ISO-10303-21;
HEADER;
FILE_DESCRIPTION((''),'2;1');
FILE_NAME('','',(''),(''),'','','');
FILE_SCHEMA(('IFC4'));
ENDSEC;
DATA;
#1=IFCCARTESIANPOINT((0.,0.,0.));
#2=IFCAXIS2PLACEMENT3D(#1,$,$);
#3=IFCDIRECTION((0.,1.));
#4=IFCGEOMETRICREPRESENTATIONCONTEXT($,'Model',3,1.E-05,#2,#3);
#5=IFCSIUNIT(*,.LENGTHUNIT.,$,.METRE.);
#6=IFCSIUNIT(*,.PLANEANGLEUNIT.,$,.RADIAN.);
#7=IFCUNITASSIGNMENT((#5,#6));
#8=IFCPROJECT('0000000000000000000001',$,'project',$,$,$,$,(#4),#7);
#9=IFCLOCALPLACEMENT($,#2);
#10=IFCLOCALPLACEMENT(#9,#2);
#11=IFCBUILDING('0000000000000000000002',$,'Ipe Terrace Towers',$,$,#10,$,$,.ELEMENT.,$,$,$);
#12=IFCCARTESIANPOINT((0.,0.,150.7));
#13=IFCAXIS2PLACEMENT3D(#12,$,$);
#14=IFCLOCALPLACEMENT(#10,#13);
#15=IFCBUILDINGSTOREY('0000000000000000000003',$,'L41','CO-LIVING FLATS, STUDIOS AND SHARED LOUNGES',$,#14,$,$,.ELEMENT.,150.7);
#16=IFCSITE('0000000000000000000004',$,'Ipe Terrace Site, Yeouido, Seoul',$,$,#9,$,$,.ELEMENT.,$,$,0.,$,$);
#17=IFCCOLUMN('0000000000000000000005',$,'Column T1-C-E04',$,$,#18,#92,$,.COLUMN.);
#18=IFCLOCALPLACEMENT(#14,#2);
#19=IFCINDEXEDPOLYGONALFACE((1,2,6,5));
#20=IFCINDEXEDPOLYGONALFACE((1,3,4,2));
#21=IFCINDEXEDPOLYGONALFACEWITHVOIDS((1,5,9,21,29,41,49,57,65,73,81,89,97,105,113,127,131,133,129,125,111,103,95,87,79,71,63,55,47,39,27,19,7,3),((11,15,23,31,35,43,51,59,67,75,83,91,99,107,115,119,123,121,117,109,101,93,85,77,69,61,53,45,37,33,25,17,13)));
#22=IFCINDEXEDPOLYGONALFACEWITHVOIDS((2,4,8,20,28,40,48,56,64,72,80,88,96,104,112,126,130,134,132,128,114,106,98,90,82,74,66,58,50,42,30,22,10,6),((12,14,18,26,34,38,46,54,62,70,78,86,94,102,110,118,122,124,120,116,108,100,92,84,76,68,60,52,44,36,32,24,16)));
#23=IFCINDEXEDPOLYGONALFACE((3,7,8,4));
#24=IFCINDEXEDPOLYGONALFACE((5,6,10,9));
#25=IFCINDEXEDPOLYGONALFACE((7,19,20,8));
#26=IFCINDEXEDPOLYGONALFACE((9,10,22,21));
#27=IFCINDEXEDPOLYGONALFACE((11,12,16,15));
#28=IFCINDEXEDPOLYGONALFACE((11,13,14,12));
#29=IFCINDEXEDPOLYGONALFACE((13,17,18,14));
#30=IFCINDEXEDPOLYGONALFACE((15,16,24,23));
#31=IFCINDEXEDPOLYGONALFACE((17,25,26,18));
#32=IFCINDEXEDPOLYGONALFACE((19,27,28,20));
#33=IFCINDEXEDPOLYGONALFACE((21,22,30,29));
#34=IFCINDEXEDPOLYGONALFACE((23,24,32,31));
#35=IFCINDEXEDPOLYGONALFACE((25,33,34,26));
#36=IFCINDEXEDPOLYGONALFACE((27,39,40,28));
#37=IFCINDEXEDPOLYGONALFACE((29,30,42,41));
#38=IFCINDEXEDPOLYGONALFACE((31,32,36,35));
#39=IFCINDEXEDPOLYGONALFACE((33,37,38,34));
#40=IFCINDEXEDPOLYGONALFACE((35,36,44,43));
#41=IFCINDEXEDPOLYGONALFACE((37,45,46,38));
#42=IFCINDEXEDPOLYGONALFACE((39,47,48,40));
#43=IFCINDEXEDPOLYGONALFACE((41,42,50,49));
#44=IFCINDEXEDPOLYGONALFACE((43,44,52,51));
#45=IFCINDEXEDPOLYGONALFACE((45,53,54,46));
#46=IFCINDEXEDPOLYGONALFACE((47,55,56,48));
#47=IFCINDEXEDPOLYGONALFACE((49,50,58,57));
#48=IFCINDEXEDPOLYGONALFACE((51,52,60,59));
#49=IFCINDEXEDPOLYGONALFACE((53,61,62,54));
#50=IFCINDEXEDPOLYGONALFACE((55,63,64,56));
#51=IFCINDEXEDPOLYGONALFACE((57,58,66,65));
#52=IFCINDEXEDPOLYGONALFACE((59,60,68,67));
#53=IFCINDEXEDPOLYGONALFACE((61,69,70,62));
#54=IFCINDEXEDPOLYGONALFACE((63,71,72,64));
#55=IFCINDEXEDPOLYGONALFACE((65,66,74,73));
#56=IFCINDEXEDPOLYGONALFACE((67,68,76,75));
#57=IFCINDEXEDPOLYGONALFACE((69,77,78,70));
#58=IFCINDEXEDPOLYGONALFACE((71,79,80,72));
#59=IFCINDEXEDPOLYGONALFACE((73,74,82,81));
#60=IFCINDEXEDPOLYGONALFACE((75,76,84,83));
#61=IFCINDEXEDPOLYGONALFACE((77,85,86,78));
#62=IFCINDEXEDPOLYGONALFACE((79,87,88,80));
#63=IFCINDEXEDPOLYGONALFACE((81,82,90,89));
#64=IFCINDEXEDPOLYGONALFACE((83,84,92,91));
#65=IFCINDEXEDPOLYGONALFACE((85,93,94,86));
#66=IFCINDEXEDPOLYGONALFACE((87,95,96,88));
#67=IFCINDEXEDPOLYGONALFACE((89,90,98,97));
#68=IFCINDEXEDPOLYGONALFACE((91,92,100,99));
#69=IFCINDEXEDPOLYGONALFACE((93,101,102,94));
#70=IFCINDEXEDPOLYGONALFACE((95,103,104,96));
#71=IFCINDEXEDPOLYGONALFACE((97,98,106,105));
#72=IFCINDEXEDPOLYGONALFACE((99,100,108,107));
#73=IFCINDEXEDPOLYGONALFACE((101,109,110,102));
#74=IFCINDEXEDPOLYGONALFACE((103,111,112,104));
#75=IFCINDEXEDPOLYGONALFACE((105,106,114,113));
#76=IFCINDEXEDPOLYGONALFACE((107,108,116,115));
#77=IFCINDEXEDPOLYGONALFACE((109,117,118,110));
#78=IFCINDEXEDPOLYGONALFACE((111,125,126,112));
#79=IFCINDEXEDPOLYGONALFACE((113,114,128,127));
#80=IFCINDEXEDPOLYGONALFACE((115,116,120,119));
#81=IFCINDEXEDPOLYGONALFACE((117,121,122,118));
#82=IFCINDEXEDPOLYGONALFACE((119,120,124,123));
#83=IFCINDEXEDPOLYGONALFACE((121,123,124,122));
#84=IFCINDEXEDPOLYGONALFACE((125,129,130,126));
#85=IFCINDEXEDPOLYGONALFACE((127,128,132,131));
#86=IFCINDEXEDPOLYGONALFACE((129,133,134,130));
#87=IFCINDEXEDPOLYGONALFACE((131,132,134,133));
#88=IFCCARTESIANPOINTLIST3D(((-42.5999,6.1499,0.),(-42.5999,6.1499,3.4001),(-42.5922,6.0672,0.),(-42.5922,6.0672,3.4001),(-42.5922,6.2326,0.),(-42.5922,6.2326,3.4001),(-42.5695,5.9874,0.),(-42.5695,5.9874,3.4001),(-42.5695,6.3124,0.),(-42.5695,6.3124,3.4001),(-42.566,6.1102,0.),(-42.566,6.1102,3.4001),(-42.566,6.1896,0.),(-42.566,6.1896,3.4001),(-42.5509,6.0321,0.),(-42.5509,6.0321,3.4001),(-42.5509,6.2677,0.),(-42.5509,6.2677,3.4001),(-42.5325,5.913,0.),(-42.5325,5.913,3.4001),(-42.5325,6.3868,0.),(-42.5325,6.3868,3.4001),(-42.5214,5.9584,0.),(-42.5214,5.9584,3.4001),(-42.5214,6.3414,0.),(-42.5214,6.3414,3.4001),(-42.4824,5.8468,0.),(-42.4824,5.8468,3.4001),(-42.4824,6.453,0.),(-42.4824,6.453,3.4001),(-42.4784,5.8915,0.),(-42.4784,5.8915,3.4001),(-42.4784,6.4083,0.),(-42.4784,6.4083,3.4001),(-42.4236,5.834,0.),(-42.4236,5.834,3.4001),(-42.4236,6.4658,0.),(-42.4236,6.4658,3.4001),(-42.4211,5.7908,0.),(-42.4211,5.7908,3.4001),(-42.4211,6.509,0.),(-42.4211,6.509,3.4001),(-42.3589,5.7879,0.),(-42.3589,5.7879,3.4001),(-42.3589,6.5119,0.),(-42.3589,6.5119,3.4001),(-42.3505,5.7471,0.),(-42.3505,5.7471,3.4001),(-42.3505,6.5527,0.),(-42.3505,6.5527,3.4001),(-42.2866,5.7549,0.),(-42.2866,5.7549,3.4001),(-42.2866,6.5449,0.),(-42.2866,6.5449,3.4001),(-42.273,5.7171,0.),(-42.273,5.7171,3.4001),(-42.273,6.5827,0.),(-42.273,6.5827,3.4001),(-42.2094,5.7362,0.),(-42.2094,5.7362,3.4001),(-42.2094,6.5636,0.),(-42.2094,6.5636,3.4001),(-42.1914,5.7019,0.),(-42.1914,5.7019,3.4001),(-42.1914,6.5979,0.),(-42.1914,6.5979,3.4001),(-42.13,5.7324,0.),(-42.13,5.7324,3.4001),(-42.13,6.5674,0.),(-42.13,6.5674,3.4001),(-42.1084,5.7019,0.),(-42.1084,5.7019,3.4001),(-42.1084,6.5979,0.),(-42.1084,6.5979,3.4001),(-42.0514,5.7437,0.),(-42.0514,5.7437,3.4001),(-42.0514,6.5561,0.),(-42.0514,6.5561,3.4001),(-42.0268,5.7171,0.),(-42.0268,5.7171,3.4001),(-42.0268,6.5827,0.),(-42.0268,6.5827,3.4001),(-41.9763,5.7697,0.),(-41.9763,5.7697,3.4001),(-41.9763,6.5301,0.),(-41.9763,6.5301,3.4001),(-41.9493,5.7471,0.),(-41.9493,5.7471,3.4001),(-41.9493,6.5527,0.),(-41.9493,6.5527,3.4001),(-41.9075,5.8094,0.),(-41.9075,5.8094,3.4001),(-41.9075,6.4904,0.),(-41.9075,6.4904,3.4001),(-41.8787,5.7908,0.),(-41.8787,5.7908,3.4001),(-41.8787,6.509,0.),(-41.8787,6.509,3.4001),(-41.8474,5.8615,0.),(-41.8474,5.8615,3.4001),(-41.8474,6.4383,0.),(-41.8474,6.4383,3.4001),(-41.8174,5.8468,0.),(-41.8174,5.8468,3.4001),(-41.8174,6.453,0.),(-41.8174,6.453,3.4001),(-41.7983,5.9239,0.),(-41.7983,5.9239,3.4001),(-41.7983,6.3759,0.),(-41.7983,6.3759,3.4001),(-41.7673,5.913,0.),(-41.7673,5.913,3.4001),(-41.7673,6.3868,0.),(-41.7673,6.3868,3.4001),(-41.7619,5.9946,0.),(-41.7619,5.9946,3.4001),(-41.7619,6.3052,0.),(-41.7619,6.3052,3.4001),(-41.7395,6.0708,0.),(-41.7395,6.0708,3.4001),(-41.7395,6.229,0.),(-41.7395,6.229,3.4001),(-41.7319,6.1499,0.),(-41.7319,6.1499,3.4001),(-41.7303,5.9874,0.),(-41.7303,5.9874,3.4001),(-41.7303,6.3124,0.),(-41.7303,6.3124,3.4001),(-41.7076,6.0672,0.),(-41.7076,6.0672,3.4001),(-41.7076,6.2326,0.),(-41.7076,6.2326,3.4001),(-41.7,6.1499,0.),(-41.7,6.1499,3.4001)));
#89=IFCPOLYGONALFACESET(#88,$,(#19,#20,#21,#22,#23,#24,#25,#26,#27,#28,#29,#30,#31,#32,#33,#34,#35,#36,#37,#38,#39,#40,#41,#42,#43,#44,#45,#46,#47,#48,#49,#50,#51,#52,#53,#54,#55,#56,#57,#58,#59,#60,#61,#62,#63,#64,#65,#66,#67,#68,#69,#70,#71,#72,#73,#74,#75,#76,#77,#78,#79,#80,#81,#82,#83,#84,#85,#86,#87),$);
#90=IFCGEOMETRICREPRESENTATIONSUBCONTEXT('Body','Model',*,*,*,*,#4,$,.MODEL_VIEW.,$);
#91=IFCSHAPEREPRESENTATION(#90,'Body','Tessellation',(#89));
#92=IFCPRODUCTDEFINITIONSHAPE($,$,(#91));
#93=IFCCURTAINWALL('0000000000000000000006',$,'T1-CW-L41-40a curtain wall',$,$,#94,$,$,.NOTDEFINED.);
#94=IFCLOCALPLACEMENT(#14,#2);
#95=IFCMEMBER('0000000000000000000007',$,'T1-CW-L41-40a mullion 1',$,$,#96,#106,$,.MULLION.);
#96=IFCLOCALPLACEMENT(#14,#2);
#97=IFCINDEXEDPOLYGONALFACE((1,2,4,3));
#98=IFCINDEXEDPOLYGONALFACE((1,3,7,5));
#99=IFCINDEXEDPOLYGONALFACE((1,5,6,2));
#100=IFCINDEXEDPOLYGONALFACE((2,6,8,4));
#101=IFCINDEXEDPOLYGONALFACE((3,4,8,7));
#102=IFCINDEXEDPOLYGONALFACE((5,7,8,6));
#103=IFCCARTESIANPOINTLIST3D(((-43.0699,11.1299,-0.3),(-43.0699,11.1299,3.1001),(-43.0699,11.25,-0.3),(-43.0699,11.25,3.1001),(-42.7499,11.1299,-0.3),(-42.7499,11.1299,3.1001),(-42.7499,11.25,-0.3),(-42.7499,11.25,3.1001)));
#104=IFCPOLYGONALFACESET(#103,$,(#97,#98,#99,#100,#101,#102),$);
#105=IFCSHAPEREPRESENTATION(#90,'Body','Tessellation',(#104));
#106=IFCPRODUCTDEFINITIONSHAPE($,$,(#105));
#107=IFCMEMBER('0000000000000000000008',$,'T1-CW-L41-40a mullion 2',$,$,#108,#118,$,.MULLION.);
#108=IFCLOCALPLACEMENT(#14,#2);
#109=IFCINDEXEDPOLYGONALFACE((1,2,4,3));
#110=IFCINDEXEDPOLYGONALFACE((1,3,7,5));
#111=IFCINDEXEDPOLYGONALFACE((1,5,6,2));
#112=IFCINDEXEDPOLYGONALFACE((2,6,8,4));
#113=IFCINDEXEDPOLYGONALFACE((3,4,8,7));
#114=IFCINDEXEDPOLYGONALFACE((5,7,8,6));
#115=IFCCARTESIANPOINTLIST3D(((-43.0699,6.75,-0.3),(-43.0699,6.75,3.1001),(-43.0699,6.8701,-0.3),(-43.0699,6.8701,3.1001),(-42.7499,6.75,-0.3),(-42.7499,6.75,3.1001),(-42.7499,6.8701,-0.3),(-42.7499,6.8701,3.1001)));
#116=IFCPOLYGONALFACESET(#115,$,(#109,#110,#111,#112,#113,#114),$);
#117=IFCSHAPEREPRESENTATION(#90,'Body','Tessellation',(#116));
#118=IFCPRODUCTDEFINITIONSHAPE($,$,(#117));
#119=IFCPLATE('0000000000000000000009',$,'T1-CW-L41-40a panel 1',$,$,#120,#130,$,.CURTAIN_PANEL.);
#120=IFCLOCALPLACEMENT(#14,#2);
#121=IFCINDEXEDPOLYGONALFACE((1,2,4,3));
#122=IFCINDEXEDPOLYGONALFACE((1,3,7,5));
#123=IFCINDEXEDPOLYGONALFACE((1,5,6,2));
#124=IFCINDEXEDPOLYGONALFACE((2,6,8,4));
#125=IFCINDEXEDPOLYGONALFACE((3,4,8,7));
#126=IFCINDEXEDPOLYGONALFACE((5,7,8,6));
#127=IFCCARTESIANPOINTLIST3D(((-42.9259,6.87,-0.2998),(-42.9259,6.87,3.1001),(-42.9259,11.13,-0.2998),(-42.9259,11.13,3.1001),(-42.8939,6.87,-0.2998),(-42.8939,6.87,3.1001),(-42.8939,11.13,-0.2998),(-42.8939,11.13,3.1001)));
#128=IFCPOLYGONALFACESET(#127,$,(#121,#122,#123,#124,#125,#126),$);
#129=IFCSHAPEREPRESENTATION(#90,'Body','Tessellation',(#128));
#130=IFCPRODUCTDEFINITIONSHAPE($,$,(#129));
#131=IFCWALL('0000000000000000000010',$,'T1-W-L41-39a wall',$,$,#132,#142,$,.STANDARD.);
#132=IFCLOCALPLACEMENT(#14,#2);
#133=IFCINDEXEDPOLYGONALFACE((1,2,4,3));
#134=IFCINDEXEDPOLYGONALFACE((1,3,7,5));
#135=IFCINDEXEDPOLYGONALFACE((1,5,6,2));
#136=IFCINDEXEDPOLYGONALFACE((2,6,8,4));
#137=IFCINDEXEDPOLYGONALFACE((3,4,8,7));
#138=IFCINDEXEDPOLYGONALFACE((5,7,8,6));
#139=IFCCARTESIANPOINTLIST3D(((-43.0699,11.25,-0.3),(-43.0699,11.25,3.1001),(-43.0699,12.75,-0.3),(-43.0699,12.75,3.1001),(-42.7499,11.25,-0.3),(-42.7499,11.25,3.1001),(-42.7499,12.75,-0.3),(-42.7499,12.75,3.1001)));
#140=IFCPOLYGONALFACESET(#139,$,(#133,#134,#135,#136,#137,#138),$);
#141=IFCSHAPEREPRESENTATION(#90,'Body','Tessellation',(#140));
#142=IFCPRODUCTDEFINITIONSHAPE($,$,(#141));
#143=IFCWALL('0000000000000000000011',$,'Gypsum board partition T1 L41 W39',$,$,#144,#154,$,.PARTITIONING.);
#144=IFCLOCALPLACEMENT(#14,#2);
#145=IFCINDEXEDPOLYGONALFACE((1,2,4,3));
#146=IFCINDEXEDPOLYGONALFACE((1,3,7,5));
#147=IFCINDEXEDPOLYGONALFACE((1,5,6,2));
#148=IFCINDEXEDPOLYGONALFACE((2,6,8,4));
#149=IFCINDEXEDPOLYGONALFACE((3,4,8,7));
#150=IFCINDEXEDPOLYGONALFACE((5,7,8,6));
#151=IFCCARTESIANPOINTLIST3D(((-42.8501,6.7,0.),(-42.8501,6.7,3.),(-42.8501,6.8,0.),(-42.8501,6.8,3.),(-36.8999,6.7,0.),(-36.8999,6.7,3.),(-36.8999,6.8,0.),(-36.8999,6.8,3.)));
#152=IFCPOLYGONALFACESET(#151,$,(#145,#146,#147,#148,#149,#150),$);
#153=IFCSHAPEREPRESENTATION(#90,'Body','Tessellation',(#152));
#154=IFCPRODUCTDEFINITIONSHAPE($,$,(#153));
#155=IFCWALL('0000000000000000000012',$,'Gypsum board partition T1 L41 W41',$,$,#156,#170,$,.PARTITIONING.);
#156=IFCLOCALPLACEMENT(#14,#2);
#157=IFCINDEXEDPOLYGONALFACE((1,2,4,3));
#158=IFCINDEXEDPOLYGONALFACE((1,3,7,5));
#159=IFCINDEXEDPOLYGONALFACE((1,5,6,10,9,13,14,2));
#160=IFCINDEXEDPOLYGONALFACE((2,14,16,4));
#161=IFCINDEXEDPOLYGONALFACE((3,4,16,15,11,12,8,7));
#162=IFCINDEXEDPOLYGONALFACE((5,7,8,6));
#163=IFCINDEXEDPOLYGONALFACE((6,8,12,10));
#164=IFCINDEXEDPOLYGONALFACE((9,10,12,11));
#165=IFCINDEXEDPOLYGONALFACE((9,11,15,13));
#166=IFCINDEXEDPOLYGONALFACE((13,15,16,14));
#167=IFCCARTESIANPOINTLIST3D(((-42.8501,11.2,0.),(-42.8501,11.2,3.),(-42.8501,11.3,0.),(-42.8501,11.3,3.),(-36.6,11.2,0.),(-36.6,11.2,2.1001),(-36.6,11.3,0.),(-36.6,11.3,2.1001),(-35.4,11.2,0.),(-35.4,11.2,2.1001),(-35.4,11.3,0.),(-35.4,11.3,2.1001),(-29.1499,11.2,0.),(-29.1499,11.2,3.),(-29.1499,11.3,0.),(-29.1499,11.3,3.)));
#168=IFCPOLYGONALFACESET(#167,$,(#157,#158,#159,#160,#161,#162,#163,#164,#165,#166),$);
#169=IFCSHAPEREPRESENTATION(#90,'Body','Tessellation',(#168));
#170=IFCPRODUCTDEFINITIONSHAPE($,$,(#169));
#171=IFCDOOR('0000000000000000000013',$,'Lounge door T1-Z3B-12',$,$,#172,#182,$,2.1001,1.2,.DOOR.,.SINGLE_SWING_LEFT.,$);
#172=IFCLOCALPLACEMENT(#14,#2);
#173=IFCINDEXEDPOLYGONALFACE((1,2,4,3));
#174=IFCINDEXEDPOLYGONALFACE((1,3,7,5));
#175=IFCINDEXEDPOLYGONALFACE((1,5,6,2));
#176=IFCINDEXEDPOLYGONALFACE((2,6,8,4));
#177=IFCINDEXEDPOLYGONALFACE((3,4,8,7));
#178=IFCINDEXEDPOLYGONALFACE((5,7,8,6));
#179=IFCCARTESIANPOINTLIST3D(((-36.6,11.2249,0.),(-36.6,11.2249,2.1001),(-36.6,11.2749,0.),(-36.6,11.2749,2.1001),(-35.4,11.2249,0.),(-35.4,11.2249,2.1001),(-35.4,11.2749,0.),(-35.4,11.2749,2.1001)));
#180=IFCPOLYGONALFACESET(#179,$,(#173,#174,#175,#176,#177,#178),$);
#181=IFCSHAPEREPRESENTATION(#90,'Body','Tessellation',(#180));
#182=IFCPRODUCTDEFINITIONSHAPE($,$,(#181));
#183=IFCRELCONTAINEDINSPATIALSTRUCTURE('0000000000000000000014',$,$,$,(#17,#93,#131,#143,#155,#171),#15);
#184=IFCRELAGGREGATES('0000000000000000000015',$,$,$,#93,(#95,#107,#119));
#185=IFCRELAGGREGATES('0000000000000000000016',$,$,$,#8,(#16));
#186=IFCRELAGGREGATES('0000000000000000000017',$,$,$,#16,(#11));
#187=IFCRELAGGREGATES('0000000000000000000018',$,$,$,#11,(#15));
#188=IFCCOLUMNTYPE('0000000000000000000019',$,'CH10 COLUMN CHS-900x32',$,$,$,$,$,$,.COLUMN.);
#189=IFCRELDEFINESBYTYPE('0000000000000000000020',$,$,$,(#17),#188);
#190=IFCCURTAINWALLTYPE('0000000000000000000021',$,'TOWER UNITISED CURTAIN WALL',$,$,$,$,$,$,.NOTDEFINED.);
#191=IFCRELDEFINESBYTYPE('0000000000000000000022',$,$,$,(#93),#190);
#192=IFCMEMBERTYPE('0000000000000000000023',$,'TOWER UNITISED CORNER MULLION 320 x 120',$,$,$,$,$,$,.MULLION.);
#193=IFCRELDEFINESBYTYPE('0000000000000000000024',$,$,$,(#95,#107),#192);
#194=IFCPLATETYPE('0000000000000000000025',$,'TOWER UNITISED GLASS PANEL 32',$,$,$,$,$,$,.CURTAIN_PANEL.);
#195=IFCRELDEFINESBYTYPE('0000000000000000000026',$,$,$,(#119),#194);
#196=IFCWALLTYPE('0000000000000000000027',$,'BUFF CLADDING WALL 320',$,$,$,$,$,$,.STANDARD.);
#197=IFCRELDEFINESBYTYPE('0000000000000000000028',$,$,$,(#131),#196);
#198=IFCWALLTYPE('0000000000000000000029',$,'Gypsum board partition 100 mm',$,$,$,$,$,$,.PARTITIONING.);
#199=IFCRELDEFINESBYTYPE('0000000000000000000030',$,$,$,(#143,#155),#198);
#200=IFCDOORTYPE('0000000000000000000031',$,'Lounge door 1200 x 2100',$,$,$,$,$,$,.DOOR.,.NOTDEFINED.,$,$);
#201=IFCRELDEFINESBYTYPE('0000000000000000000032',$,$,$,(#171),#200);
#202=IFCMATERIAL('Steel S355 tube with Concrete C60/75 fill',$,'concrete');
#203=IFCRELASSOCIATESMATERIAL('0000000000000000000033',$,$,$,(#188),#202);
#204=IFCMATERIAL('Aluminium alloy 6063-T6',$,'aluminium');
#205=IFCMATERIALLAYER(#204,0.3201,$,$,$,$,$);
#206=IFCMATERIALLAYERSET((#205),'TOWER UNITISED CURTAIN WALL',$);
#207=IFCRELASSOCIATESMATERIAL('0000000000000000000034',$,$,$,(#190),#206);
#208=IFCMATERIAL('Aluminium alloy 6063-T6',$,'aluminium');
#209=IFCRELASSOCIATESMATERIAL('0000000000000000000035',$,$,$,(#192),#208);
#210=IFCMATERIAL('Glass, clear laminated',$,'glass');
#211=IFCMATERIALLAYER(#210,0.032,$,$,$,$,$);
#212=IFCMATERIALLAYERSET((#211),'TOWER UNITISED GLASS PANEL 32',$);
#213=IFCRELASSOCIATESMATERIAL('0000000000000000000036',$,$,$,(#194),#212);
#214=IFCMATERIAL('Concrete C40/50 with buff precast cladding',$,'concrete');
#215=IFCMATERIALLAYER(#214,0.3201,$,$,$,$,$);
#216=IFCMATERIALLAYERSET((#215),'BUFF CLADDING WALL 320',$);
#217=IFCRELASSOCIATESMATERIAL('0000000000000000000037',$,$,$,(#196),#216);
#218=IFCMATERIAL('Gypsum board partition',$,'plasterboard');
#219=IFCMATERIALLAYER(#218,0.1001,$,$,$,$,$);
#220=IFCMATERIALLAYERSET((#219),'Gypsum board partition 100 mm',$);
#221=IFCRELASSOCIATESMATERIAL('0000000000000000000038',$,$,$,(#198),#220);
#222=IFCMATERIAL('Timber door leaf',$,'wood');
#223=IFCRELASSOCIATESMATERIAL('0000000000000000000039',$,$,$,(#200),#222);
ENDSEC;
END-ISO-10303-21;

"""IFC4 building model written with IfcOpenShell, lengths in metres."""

from ifc_helpers import new_model, si_unit, direction, frame, frame_2d, origin, origin_2d, place, context, subcontext, project, spatial, rectangle, hollow_circle, extrude, material, layer, layer_set, material_profile, profile_set, type_object, element, fill, aggregate, save


model = new_model("IFC4")

# Units and contexts
model_context = context("Model", 3, precision=1e-05, world=origin(), true_north=direction((0.0, 1.0)))
body_context = subcontext(model_context, "Body", "Model", "MODEL_VIEW")
ifc_project = project(units=[si_unit("LENGTHUNIT", "METRE"), si_unit("PLANEANGLEUNIT", "RADIAN")], contexts=[model_context])

# Site, building, storey
site_placement = place(None, origin())
site = spatial("IfcSite", under=ifc_project, at=site_placement, Name="Ipe Terrace Site, Yeouido, Seoul", CompositionType="ELEMENT", RefElevation=0.0)
building_placement = place(site_placement, origin())
building = spatial("IfcBuilding", under=site, at=building_placement, Name="Ipe Terrace Towers", CompositionType="ELEMENT")
storey_placement = place(building_placement, frame((0.0, 0.0, 150.7)))
storey = spatial("IfcBuildingStorey", under=building, at=storey_placement, Name="L41", Description="CO-LIVING FLATS, STUDIOS AND SHARED LOUNGES", CompositionType="ELEMENT", Elevation=150.7)

# Column
ifc_material_1 = material(Name="Steel S355 tube with Concrete C60/75 fill", Category="concrete")
ifc_material_profile_1 = material_profile(ifc_material_1, hollow_circle(Radius=0.45, WallThickness=0.032, at=origin_2d()), Name="CHS-900x32")
ifc_profile_set_1 = profile_set([ifc_material_profile_1], Name="Steel S355 tube with Concrete C60/75 fill")
column_type = type_object("IfcColumnType", Name="CH10 COLUMN CHS-900x32", PredefinedType="COLUMN", material=ifc_profile_set_1)
column_placement = place(storey_placement, frame((-42.1499, 6.1499, 0.0), z_axis=(0.0, 0.0, 1.0), x_axis=(1.0, 0.0, 0.0)))
element("IfcColumn", 1, at=column_placement, inside=storey, type_object=column_type, Name="Column T1-C-E04", PredefinedType="COLUMN", context=body_context, shape_type="SweptSolid", body=[
    extrude(hollow_circle(Radius=0.45, WallThickness=0.032, at=origin_2d()), origin(), (0.0, 0.0, 1.0), 3.4001),
])

# Curtain wall, members, plate
ifc_material_2 = material(Name="Aluminium alloy 6063-T6", Category="aluminium")
ifc_layer_1 = layer(ifc_material_2, 0.3201)
ifc_layer_set_1 = layer_set([ifc_layer_1], Name="TOWER UNITISED CURTAIN WALL")
curtain_wall_type = type_object("IfcCurtainWallType", Name="TOWER UNITISED CURTAIN WALL", PredefinedType="NOTDEFINED", material=ifc_layer_set_1)
curtain_wall_placement = place(storey_placement, origin())
curtain_wall = element("IfcCurtainWall", 2, at=curtain_wall_placement, inside=storey, type_object=curtain_wall_type, Name="T1-CW-L41-40a curtain wall", PredefinedType="NOTDEFINED")
ifc_material_3 = material(Name="Aluminium alloy 6063-T6", Category="aluminium")
ifc_material_profile_2 = material_profile(ifc_material_3, rectangle(XDim=0.3201, YDim=0.1201, at=origin_2d()), Name="TOWER UNITISED CORNER MULLION 320 x 120")
ifc_profile_set_2 = profile_set([ifc_material_profile_2], Name="Aluminium alloy 6063-T6")
member_type = type_object("IfcMemberType", Name="TOWER UNITISED CORNER MULLION 320 x 120", PredefinedType="MULLION", material=ifc_profile_set_2)
member_1_placement = place(storey_placement, frame((-42.9099, 11.1899, -0.3), z_axis=(0.0, 0.0, 1.0), x_axis=(-1.0, 0.0, 0.0)))
member_1 = element("IfcMember", 3, at=member_1_placement, type_object=member_type, Name="T1-CW-L41-40a mullion 1", PredefinedType="MULLION", context=body_context, shape_type="SweptSolid", body=[
    extrude(rectangle(XDim=0.3201, YDim=0.1201, at=origin_2d()), origin(), (0.0, 0.0, 1.0), 3.4001),
])
member_2_placement = place(storey_placement, frame((-42.9099, 6.8101, -0.3), z_axis=(0.0, 0.0, 1.0), x_axis=(-1.0, 0.0, 0.0)))
member_2 = element("IfcMember", 4, at=member_2_placement, type_object=member_type, Name="T1-CW-L41-40a mullion 2", PredefinedType="MULLION", context=body_context, shape_type="SweptSolid", body=[
    extrude(rectangle(XDim=0.3201, YDim=0.1201, at=origin_2d()), origin(), (0.0, 0.0, 1.0), 3.4001),
])
ifc_material_4 = material(Name="Glass, clear laminated", Category="glass")
ifc_layer_2 = layer(ifc_material_4, 0.032)
ifc_layer_set_2 = layer_set([ifc_layer_2], Name="TOWER UNITISED GLASS PANEL 32")
plate_type = type_object("IfcPlateType", Name="TOWER UNITISED GLASS PANEL 32", PredefinedType="CURTAIN_PANEL", material=ifc_layer_set_2)
plate_placement = place(storey_placement, frame((-42.9099, 9.0, -0.2998), z_axis=(0.0, 0.0, 1.0), x_axis=(0.0, -1.0, 0.0)))
plate = element("IfcPlate", 5, at=plate_placement, type_object=plate_type, Name="T1-CW-L41-40a panel 1", PredefinedType="CURTAIN_PANEL", context=body_context, shape_type="SweptSolid", body=[
    extrude(rectangle(XDim=4.26, YDim=0.032, at=origin_2d()), origin(), (0.0, 0.0, 1.0), 3.3999),
])
aggregate(curtain_wall, [member_1, member_2, plate])

# Walls
ifc_material_5 = material(Name="Concrete C40/50 with buff precast cladding", Category="concrete")
ifc_layer_3 = layer(ifc_material_5, 0.3201)
ifc_layer_set_3 = layer_set([ifc_layer_3], Name="BUFF CLADDING WALL 320")
wall_type_1 = type_object("IfcWallType", Name="BUFF CLADDING WALL 320", PredefinedType="STANDARD", material=ifc_layer_set_3)
wall_1_placement = place(storey_placement, frame((-42.9099, 12.75, -0.3), z_axis=(0.0, 0.0, 1.0), x_axis=(0.0, -1.0, 0.0)))
element("IfcWall", 6, at=wall_1_placement, inside=storey, type_object=wall_type_1, Name="T1-W-L41-39a wall", PredefinedType="STANDARD", context=body_context, shape_type="SweptSolid", body=[
    extrude(rectangle(XDim=1.5, YDim=0.3201, at=frame_2d((0.75, 0.0))), origin(), (0.0, 0.0, 1.0), 3.4001),
])
ifc_material_6 = material(Name="Gypsum board partition", Category="plasterboard")
ifc_layer_4 = layer(ifc_material_6, 0.1001)
ifc_layer_set_4 = layer_set([ifc_layer_4], Name="Gypsum board partition 100 mm")
wall_type_2 = type_object("IfcWallType", Name="Gypsum board partition 100 mm", PredefinedType="PARTITIONING", material=ifc_layer_set_4)
wall_2_placement = place(storey_placement, frame((-42.8501, 6.75, 0.0), z_axis=(0.0, 0.0, 1.0), x_axis=(1.0, 0.0, 0.0)))
element("IfcWall", 7, at=wall_2_placement, inside=storey, type_object=wall_type_2, Name="Gypsum board partition T1 L41 W39", PredefinedType="PARTITIONING", context=body_context, shape_type="SweptSolid", body=[
    extrude(rectangle(XDim=5.9502, YDim=0.1001, at=frame_2d((2.9751, 0.0))), origin(), (0.0, 0.0, 1.0), 3.0),
])

# Wall, opening, door
wall_3_placement = place(storey_placement, frame((-42.8501, 11.25, 0.0), z_axis=(0.0, 0.0, 1.0), x_axis=(1.0, 0.0, 0.0)))
wall_3 = element("IfcWall", 8, at=wall_3_placement, inside=storey, type_object=wall_type_2, Name="Gypsum board partition T1 L41 W41", PredefinedType="PARTITIONING", context=body_context, shape_type="SweptSolid", body=[
    extrude(rectangle(XDim=13.7002, YDim=0.1001, at=frame_2d((6.8501, 0.0))), origin(), (0.0, 0.0, 1.0), 3.0),
])
opening_1_placement = place(wall_3_placement, frame((6.25, 0.0, 0.0)))
opening_1 = element("IfcOpeningElement", 9, at=opening_1_placement, cuts=wall_3, PredefinedType="OPENING", context=body_context, shape_type="SweptSolid", body=[
    extrude(rectangle(XDim=1.2, YDim=2.1001, at=frame_2d((0.6001, 1.05))), frame((0.0, 0.0601, 0.0), z_axis=(0.0, -1.0, 0.0), x_axis=(1.0, 0.0, 0.0)), (0.0, 0.0, 1.0), 0.1201),
])
ifc_material_7 = material(Name="Timber door leaf", Category="wood")
door_type_1 = type_object("IfcDoorType", Name="Lounge door 1200 x 2100", OperationType="NOTDEFINED", PredefinedType="DOOR", material=ifc_material_7)
door_1_placement = place(opening_1_placement, origin())
door_1 = element("IfcDoor", 10, at=door_1_placement, inside=storey, type_object=door_type_1, Name="Lounge door T1-Z3B-12", OperationType="SINGLE_SWING_LEFT", OverallHeight=2.1001, OverallWidth=1.2, PredefinedType="DOOR", context=body_context, shape_type="SweptSolid", body=[
    extrude(rectangle(XDim=1.2, YDim=2.1001, at=frame_2d((0.6001, 1.05))), frame((0.0, 0.0249, 0.0), z_axis=(0.0, -1.0, 0.0), x_axis=(1.0, 0.0, 0.0)), (0.0, 0.0, 1.0), 0.05),
])
fill(opening_1, door_1)

save(model, "model.ifc")
